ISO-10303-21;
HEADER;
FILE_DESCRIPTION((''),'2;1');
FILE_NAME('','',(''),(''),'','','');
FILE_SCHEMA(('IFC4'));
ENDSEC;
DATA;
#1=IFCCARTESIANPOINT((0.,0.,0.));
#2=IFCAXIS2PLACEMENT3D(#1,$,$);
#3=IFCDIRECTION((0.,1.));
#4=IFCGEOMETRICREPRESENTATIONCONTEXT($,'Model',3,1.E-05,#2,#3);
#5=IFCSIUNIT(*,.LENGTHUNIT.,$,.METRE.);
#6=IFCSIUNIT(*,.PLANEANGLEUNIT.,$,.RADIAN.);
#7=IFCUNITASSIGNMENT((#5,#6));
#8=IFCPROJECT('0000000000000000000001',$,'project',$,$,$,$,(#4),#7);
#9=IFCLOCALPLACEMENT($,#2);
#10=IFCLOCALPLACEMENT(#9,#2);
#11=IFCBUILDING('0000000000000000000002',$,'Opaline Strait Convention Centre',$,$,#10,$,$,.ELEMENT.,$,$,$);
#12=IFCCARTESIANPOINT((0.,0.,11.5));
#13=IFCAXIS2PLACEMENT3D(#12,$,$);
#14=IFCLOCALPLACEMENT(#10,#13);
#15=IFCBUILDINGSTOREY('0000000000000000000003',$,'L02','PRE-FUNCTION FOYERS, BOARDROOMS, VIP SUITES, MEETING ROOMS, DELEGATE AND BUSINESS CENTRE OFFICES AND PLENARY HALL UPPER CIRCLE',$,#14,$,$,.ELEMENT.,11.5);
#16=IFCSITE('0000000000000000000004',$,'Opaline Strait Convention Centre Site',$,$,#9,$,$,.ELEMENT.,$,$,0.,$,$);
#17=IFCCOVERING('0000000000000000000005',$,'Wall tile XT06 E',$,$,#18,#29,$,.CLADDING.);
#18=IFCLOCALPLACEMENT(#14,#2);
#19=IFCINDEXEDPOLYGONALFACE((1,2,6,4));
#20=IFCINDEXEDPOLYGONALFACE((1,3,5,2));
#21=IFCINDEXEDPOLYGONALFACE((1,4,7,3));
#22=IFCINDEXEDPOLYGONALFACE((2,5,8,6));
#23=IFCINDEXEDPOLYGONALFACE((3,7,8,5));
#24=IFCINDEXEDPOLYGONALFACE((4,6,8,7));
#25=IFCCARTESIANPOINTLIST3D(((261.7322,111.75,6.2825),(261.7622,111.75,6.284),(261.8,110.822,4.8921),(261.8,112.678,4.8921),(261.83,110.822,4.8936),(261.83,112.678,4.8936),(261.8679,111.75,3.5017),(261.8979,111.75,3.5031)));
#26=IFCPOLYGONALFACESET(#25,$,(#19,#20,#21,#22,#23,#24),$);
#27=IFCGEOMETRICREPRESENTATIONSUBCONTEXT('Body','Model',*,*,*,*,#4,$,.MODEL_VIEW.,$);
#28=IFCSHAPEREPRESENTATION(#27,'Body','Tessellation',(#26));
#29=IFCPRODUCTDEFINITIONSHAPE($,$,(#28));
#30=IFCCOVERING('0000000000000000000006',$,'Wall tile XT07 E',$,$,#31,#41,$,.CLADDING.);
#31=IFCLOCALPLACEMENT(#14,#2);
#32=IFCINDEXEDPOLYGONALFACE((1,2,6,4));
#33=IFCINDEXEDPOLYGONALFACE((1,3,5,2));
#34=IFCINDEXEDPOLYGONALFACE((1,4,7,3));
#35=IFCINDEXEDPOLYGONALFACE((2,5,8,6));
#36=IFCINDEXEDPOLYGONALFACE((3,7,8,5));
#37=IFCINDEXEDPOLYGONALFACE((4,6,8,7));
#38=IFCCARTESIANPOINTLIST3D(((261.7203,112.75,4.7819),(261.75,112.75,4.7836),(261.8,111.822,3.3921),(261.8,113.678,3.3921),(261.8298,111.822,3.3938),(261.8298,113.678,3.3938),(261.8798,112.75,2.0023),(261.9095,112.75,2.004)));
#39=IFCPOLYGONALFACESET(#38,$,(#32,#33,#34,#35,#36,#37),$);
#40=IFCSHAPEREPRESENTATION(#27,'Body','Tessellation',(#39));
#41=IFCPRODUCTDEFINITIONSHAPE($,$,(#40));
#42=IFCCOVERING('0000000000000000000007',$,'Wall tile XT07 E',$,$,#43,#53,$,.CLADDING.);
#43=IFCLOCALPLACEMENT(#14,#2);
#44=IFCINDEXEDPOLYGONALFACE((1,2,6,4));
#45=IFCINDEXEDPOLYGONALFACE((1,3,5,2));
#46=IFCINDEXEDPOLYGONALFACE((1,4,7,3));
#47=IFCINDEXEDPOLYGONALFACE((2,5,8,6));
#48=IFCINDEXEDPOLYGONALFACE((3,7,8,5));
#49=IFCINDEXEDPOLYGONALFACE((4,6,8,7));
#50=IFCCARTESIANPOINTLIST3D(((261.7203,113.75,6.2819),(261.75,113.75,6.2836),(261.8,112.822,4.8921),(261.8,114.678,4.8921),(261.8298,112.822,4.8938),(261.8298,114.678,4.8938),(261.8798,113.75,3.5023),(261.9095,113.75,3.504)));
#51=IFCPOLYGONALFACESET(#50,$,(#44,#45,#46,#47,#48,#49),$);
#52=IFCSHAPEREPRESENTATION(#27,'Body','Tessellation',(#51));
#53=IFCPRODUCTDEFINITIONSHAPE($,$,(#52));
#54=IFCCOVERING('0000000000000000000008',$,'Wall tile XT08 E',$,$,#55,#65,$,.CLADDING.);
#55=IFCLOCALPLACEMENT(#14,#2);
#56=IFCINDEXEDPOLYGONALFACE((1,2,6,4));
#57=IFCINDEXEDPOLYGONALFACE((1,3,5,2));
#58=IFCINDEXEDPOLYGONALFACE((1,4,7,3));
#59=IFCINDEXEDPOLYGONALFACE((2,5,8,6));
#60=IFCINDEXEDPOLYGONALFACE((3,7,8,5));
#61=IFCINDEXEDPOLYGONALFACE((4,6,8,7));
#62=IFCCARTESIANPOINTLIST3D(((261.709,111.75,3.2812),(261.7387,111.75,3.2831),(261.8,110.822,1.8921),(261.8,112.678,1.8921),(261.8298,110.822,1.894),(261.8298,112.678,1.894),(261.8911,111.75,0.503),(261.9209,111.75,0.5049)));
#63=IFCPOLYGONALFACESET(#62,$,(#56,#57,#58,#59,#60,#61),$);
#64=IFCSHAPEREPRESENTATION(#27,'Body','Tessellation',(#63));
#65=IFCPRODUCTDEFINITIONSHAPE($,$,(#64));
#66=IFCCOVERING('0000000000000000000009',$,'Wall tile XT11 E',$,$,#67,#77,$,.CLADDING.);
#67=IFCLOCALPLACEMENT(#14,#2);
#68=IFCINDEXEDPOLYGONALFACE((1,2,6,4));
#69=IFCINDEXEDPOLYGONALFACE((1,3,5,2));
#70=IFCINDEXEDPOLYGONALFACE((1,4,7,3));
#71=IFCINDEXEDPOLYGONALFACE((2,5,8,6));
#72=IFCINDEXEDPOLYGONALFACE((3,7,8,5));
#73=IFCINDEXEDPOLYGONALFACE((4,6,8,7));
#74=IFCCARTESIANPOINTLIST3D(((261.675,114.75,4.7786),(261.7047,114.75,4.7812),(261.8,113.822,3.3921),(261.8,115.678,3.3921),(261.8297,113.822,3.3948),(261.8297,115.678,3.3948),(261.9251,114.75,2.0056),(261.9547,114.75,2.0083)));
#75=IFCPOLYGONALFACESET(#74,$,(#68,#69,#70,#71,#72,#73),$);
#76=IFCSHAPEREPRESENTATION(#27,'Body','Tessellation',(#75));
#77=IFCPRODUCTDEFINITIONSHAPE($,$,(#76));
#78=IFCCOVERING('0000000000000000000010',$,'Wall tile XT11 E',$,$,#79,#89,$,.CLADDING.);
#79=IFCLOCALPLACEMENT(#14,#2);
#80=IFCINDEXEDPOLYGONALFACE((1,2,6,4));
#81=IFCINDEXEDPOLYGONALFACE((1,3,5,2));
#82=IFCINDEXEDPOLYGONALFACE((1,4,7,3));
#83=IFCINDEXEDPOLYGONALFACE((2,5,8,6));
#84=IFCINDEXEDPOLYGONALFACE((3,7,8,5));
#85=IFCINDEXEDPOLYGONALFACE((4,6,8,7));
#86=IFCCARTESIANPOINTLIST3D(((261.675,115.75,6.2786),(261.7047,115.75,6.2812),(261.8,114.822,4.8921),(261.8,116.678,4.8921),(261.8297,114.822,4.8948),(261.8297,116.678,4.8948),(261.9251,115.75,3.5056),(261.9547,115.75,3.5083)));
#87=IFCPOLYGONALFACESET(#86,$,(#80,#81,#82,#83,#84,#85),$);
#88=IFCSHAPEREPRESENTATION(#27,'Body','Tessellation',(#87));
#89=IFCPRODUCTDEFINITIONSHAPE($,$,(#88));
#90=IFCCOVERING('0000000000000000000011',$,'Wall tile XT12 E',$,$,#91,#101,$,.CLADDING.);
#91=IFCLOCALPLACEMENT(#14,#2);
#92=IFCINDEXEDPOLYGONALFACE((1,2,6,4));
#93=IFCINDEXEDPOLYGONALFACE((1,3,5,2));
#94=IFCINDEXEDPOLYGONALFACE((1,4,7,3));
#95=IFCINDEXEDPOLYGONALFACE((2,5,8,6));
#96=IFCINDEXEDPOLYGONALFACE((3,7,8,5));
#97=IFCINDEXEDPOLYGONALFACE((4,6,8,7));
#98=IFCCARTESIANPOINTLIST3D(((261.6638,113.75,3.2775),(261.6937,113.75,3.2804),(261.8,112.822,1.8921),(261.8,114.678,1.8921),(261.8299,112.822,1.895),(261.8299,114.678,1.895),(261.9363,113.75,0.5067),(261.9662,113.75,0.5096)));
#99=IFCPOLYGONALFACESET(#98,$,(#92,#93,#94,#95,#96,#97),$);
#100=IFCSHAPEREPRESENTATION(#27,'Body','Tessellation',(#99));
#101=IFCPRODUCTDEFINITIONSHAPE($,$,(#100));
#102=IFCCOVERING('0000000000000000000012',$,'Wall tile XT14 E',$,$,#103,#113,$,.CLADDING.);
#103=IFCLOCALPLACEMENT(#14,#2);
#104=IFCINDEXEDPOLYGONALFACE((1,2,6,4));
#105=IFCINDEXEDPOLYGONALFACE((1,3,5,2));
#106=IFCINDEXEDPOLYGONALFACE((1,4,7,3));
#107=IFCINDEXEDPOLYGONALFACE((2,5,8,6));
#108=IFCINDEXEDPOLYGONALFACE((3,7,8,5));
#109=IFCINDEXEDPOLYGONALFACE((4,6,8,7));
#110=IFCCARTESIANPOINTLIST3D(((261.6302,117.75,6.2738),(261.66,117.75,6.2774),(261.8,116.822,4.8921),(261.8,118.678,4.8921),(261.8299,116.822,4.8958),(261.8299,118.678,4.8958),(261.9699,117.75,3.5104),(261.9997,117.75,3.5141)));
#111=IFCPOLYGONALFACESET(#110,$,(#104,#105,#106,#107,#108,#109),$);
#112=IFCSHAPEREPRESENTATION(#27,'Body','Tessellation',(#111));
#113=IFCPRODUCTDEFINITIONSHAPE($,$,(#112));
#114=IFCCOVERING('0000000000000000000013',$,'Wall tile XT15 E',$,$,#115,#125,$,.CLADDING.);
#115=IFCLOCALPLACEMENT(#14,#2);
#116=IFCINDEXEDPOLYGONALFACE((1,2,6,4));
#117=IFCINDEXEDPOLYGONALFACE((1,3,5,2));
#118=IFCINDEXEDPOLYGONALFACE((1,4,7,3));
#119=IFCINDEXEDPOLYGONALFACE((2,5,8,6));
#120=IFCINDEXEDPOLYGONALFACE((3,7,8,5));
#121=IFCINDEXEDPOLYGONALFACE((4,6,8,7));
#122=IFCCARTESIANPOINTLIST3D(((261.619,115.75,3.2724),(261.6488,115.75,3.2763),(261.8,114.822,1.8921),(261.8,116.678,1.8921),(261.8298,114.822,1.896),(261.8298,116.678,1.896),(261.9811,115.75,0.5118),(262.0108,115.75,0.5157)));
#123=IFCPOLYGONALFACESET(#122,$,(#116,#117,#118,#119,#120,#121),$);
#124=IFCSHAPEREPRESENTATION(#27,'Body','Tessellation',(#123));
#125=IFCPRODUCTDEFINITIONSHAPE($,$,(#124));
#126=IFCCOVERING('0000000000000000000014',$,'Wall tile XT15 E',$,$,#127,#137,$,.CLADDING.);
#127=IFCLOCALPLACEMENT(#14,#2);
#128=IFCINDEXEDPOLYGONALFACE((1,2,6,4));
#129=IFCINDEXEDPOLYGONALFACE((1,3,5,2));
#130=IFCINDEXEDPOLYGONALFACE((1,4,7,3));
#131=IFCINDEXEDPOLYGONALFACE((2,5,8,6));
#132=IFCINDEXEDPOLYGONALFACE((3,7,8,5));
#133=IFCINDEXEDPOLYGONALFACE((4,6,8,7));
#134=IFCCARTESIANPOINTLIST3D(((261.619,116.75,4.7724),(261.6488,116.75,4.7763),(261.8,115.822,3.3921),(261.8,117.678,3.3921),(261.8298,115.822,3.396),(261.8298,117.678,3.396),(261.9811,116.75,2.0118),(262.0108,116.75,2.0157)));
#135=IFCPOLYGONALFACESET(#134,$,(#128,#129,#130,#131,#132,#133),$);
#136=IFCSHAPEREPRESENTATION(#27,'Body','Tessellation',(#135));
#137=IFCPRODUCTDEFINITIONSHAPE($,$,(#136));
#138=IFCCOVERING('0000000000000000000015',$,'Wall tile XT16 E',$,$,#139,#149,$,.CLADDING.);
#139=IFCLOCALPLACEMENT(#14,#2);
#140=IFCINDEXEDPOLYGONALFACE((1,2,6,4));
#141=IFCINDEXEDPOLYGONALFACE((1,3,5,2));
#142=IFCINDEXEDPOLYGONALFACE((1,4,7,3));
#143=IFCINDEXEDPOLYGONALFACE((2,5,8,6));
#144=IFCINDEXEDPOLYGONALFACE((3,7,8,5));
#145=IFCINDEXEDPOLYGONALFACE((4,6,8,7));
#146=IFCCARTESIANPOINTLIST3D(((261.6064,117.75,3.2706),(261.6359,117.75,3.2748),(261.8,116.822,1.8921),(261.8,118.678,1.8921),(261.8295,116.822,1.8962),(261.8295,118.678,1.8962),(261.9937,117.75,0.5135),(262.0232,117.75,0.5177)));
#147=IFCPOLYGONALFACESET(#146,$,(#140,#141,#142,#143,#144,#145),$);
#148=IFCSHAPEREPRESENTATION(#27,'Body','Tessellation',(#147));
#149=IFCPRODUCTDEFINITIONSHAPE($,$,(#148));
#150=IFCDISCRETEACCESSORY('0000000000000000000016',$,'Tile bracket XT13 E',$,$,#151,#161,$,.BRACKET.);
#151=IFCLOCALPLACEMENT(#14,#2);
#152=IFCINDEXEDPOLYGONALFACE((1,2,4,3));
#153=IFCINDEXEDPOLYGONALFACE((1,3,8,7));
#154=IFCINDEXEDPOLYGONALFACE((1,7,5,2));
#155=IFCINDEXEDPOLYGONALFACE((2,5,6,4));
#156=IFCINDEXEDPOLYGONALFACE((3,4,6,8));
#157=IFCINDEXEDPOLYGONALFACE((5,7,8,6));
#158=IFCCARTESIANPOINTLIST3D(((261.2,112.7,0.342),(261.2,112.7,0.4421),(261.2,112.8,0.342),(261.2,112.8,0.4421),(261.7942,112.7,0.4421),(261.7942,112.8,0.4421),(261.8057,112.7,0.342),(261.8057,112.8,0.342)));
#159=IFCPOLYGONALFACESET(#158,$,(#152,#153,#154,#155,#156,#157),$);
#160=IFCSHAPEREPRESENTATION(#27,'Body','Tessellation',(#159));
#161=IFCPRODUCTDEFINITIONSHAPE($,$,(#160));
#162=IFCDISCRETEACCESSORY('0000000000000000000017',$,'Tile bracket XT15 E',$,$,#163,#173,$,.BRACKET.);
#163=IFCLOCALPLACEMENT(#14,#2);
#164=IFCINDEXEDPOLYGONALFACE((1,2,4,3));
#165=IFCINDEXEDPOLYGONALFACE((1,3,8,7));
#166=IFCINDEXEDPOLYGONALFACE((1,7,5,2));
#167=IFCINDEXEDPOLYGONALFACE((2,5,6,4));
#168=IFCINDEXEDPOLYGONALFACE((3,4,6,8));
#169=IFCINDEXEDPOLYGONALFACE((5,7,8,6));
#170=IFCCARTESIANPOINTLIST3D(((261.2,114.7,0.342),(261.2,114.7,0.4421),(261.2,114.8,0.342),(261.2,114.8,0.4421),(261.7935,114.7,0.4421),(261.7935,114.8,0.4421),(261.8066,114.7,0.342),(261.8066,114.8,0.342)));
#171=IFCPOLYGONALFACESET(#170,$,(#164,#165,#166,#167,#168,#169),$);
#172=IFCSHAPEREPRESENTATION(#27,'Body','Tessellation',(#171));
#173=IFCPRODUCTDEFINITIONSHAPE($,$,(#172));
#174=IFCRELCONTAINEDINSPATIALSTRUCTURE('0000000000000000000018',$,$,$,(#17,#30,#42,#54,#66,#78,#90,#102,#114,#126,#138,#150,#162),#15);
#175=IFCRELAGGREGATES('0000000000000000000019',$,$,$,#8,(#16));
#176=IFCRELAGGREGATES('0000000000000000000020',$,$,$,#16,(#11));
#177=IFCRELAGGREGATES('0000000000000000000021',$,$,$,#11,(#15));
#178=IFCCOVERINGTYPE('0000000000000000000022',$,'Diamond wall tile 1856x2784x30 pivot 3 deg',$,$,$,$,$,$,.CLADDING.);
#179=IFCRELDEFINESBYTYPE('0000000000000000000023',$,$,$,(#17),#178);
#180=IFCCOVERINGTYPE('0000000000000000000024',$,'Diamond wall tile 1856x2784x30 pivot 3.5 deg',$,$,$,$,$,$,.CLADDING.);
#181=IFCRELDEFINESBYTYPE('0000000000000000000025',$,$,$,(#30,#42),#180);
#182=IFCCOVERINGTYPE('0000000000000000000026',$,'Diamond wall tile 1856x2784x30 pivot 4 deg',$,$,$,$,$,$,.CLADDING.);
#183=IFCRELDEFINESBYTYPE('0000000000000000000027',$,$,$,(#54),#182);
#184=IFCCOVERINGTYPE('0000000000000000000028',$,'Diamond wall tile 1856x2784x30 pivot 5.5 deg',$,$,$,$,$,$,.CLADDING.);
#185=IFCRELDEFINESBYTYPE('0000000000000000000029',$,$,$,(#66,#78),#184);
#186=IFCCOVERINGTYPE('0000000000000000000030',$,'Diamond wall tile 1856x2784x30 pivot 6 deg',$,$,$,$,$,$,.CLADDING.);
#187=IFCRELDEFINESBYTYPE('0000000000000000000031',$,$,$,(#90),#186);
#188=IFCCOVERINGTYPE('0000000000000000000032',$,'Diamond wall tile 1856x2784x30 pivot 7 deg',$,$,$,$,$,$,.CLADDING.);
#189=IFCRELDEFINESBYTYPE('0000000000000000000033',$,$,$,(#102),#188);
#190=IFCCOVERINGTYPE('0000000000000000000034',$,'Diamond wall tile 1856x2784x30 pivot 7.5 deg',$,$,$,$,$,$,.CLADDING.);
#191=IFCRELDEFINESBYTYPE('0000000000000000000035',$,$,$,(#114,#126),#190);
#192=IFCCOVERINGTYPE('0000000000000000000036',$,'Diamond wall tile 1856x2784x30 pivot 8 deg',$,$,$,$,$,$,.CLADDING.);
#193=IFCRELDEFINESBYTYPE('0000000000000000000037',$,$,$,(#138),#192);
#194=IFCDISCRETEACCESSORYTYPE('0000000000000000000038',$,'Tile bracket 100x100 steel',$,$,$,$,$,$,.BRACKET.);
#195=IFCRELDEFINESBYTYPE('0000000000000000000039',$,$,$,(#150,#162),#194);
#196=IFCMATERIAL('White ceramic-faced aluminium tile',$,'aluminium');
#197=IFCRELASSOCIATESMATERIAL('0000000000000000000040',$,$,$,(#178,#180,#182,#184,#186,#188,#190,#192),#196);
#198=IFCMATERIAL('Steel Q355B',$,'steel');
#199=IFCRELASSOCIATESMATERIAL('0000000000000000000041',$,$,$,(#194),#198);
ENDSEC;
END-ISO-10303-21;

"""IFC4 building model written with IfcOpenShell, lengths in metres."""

from ifc_helpers import new_model, si_unit, direction, frame, origin, place, context, subcontext, project, spatial, polyline, outline, extrude, material, material_profile, profile_set, type_object, element, save


model = new_model("IFC4")

# Units and contexts
model_context = context("Model", 3, precision=1e-05, world=origin(), true_north=direction((0.0, 1.0)))
body_context = subcontext(model_context, "Body", "Model", "MODEL_VIEW")
ifc_project = project(units=[si_unit("LENGTHUNIT", "METRE"), si_unit("PLANEANGLEUNIT", "RADIAN")], contexts=[model_context])

# Site, building, storey
site_placement = place(None, origin())
site = spatial("IfcSite", under=ifc_project, at=site_placement, Name="Opaline Strait Convention Centre Site", CompositionType="ELEMENT", RefElevation=0.0)
building_placement = place(site_placement, origin())
building = spatial("IfcBuilding", under=site, at=building_placement, Name="Opaline Strait Convention Centre", CompositionType="ELEMENT")
storey_placement = place(building_placement, frame((0.0, 0.0, 11.5)))
storey = spatial("IfcBuildingStorey", under=building, at=storey_placement, Name="L02", Description="PRE-FUNCTION FOYERS, BOARDROOMS, VIP SUITES, MEETING ROOMS, DELEGATE AND BUSINESS CENTRE OFFICES AND PLENARY HALL UPPER CIRCLE", CompositionType="ELEMENT", Elevation=11.5)

# Coverings
ifc_material_1 = material(Name="White ceramic-faced aluminium tile", Category="aluminium")
ifc_material_profile_1 = material_profile(ifc_material_1, outline(polyline([(0.928, 0.0), (0.0, 1.3921), (-0.928, 0.0), (0.0, -1.3921), (0.928, 0.0)])), Name="Diamond tile 1856x2784")
ifc_profile_set_1 = profile_set([ifc_material_profile_1], Name="White ceramic-faced aluminium tile")
covering_type_1 = type_object("IfcCoveringType", Name="Diamond wall tile 1856x2784x30 pivot 3 deg", PredefinedType="CLADDING", material=ifc_profile_set_1)
covering_1_placement = place(storey_placement, frame((261.8, 111.75, 4.8921), z_axis=(0.998812, 0.0, 0.048723), x_axis=(0.0, 1.0, 0.0)))
element("IfcCovering", 1, at=covering_1_placement, inside=storey, type_object=covering_type_1, Name="Wall tile XT06 E", PredefinedType="CLADDING", context=body_context, shape_type="SweptSolid", body=[
    extrude(outline(polyline([(0.928, 0.0), (0.0, 1.3921), (-0.928, 0.0), (0.0, -1.3921), (0.928, 0.0)])), origin(), (0.0, 0.0, 1.0), 0.03),
])
ifc_material_profile_2 = material_profile(ifc_material_1, outline(polyline([(0.928, 0.0), (0.0, 1.3921), (-0.928, 0.0), (0.0, -1.3921), (0.928, 0.0)])), Name="Diamond tile 1856x2784")
ifc_profile_set_2 = profile_set([ifc_material_profile_2], Name="White ceramic-faced aluminium tile")
covering_type_2 = type_object("IfcCoveringType", Name="Diamond wall tile 1856x2784x30 pivot 3.5 deg", PredefinedType="CLADDING", material=ifc_profile_set_2)
for number, where, z_axis, x_axis, name in (
    (2, (261.8, 112.75, 3.3921), (0.998358, 0.0, 0.057283), (0.0, 1.0, 0.0), "Wall tile XT07 E"),
    (3, (261.8, 113.75, 4.8921), (0.998358, 0.0, 0.057283), (0.0, 1.0, 0.0), "Wall tile XT07 E"),
):
    element("IfcCovering", number, at=place(storey_placement, frame(where, z_axis=z_axis, x_axis=x_axis)), inside=storey, type_object=covering_type_2, Name=name, PredefinedType="CLADDING", context=body_context, shape_type="SweptSolid", body=[
        extrude(outline(polyline([(0.928, 0.0), (0.0, 1.3921), (-0.928, 0.0), (0.0, -1.3921), (0.928, 0.0)])), origin(), (0.0, 0.0, 1.0), 0.0298),
    ])
ifc_material_profile_3 = material_profile(ifc_material_1, outline(polyline([(0.928, 0.0), (0.0, 1.3921), (-0.928, 0.0), (0.0, -1.3921), (0.928, 0.0)])), Name="Diamond tile 1856x2784")
ifc_profile_set_3 = profile_set([ifc_material_profile_3], Name="White ceramic-faced aluminium tile")
covering_type_3 = type_object("IfcCoveringType", Name="Diamond wall tile 1856x2784x30 pivot 4 deg", PredefinedType="CLADDING", material=ifc_profile_set_3)
covering_2_placement = place(storey_placement, frame((261.8, 111.75, 1.8921), z_axis=(0.997857, 0.0, 0.065433), x_axis=(0.0, 1.0, 0.0)))
element("IfcCovering", 4, at=covering_2_placement, inside=storey, type_object=covering_type_3, Name="Wall tile XT08 E", PredefinedType="CLADDING", context=body_context, shape_type="SweptSolid", body=[
    extrude(outline(polyline([(0.928, 0.0), (0.0, 1.3921), (-0.928, 0.0), (0.0, -1.3921), (0.928, 0.0)])), origin(), (0.0, 0.0, 1.0), 0.0298),
])
ifc_material_profile_4 = material_profile(ifc_material_1, outline(polyline([(0.928, 0.0), (0.0, 1.3921), (-0.928, 0.0), (0.0, -1.3921), (0.928, 0.0)])), Name="Diamond tile 1856x2784")
ifc_profile_set_4 = profile_set([ifc_material_profile_4], Name="White ceramic-faced aluminium tile")
covering_type_4 = type_object("IfcCoveringType", Name="Diamond wall tile 1856x2784x30 pivot 5.5 deg", PredefinedType="CLADDING", material=ifc_profile_set_4)
for number, where, z_axis, x_axis, name in (
    (5, (261.8, 114.75, 3.3921), (0.99596, 0.0, 0.0898), (0.0, 1.0, 0.0), "Wall tile XT11 E"),
    (6, (261.8, 115.75, 4.8921), (0.99596, 0.0, 0.0898), (0.0, 1.0, 0.0), "Wall tile XT11 E"),
):
    element("IfcCovering", number, at=place(storey_placement, frame(where, z_axis=z_axis, x_axis=x_axis)), inside=storey, type_object=covering_type_4, Name=name, PredefinedType="CLADDING", context=body_context, shape_type="SweptSolid", body=[
        extrude(outline(polyline([(0.928, 0.0), (0.0, 1.3921), (-0.928, 0.0), (0.0, -1.3921), (0.928, 0.0)])), origin(), (0.0, 0.0, 1.0), 0.0298),
    ])
ifc_material_profile_5 = material_profile(ifc_material_1, outline(polyline([(0.928, 0.0), (0.0, 1.3921), (-0.928, 0.0), (0.0, -1.3921), (0.928, 0.0)])), Name="Diamond tile 1856x2784")
ifc_profile_set_5 = profile_set([ifc_material_profile_5], Name="White ceramic-faced aluminium tile")
covering_type_5 = type_object("IfcCoveringType", Name="Diamond wall tile 1856x2784x30 pivot 6 deg", PredefinedType="CLADDING", material=ifc_profile_set_5)
covering_3_placement = place(storey_placement, frame((261.8, 113.75, 1.8921), z_axis=(0.995197, 0.0, 0.097888), x_axis=(0.0, 1.0, 0.0)))
element("IfcCovering", 7, at=covering_3_placement, inside=storey, type_object=covering_type_5, Name="Wall tile XT12 E", PredefinedType="CLADDING", context=body_context, shape_type="SweptSolid", body=[
    extrude(outline(polyline([(0.928, 0.0), (0.0, 1.3921), (-0.928, 0.0), (0.0, -1.3921), (0.928, 0.0)])), origin(), (0.0, 0.0, 1.0), 0.03),
])
ifc_material_profile_6 = material_profile(ifc_material_1, outline(polyline([(0.928, 0.0), (0.0, 1.3921), (-0.928, 0.0), (0.0, -1.3921), (0.928, 0.0)])), Name="Diamond tile 1856x2784")
ifc_profile_set_6 = profile_set([ifc_material_profile_6], Name="White ceramic-faced aluminium tile")
covering_type_6 = type_object("IfcCoveringType", Name="Diamond wall tile 1856x2784x30 pivot 7 deg", PredefinedType="CLADDING", material=ifc_profile_set_6)
covering_4_placement = place(storey_placement, frame((261.8, 117.75, 4.8921), z_axis=(0.992526, 0.0, 0.122032), x_axis=(0.0, 1.0, 0.0)))
element("IfcCovering", 8, at=covering_4_placement, inside=storey, type_object=covering_type_6, Name="Wall tile XT14 E", PredefinedType="CLADDING", context=body_context, shape_type="SweptSolid", body=[
    extrude(outline(polyline([(0.928, 0.0), (0.0, 1.3921), (-0.928, 0.0), (0.0, -1.3921), (0.928, 0.0)])), origin(), (0.0, 0.0, 1.0), 0.03),
])
ifc_material_profile_7 = material_profile(ifc_material_1, outline(polyline([(0.928, 0.0), (0.0, 1.3921), (-0.928, 0.0), (0.0, -1.3921), (0.928, 0.0)])), Name="Diamond tile 1856x2784")
ifc_profile_set_7 = profile_set([ifc_material_profile_7], Name="White ceramic-faced aluminium tile")
covering_type_7 = type_object("IfcCoveringType", Name="Diamond wall tile 1856x2784x30 pivot 7.5 deg", PredefinedType="CLADDING", material=ifc_profile_set_7)
for number, where, z_axis, x_axis, name in (
    (9, (261.8, 115.75, 1.8921), (0.99151, 0.0, 0.130034), (0.0, 1.0, 0.0), "Wall tile XT15 E"),
    (10, (261.8, 116.75, 3.3921), (0.99151, 0.0, 0.130034), (0.0, 1.0, 0.0), "Wall tile XT15 E"),
):
    element("IfcCovering", number, at=place(storey_placement, frame(where, z_axis=z_axis, x_axis=x_axis)), inside=storey, type_object=covering_type_7, Name=name, PredefinedType="CLADDING", context=body_context, shape_type="SweptSolid", body=[
        extrude(outline(polyline([(0.928, 0.0), (0.0, 1.3921), (-0.928, 0.0), (0.0, -1.3921), (0.928, 0.0)])), origin(), (0.0, 0.0, 1.0), 0.03),
    ])
ifc_material_profile_8 = material_profile(ifc_material_1, outline(polyline([(0.928, 0.0), (0.0, 1.3921), (-0.928, 0.0), (0.0, -1.3921), (0.928, 0.0)])), Name="Diamond tile 1856x2784")
ifc_profile_set_8 = profile_set([ifc_material_profile_8], Name="White ceramic-faced aluminium tile")
covering_type_8 = type_object("IfcCoveringType", Name="Diamond wall tile 1856x2784x30 pivot 8 deg", PredefinedType="CLADDING", material=ifc_profile_set_8)
covering_5_placement = place(storey_placement, frame((261.8, 117.75, 1.8921), z_axis=(0.990274, 0.0, 0.139129), x_axis=(0.0, 1.0, 0.0)))
element("IfcCovering", 11, at=covering_5_placement, inside=storey, type_object=covering_type_8, Name="Wall tile XT16 E", PredefinedType="CLADDING", context=body_context, shape_type="SweptSolid", body=[
    extrude(outline(polyline([(0.928, 0.0), (0.0, 1.3921), (-0.928, 0.0), (0.0, -1.3921), (0.928, 0.0)])), origin(), (0.0, 0.0, 1.0), 0.0298),
])

# Discrete accessories
ifc_material_2 = material(Name="Steel Q355B", Category="steel")
discrete_accessory_type = type_object("IfcDiscreteAccessoryType", Name="Tile bracket 100x100 steel", PredefinedType="BRACKET", material=ifc_material_2)
discrete_accessory_1_placement = place(storey_placement, frame((261.2, 112.7, 0.3921), z_axis=(0.0, 1.0, 0.0), x_axis=(-1.0, 0.0, 0.0)))
element("IfcDiscreteAccessory", 12, at=discrete_accessory_1_placement, inside=storey, type_object=discrete_accessory_type, Name="Tile bracket XT13 E", PredefinedType="BRACKET", context=body_context, shape_type="SweptSolid", body=[
    extrude(outline(polyline([(0.0, -0.05), (0.0, 0.05), (-0.5942, 0.05), (-0.6057, -0.05), (0.0, -0.05)])), origin(), (0.0, 0.0, 1.0), 0.1001),
])
discrete_accessory_2_placement = place(storey_placement, frame((261.2, 114.7, 0.3921), z_axis=(0.0, 1.0, 0.0), x_axis=(-1.0, 0.0, 0.0)))
element("IfcDiscreteAccessory", 13, at=discrete_accessory_2_placement, inside=storey, type_object=discrete_accessory_type, Name="Tile bracket XT15 E", PredefinedType="BRACKET", context=body_context, shape_type="SweptSolid", body=[
    extrude(outline(polyline([(0.0, -0.05), (0.0, 0.05), (-0.5935, 0.05), (-0.6067, -0.05), (0.0, -0.05)])), origin(), (0.0, 0.0, 1.0), 0.1001),
])

save(model, "model.ifc")
